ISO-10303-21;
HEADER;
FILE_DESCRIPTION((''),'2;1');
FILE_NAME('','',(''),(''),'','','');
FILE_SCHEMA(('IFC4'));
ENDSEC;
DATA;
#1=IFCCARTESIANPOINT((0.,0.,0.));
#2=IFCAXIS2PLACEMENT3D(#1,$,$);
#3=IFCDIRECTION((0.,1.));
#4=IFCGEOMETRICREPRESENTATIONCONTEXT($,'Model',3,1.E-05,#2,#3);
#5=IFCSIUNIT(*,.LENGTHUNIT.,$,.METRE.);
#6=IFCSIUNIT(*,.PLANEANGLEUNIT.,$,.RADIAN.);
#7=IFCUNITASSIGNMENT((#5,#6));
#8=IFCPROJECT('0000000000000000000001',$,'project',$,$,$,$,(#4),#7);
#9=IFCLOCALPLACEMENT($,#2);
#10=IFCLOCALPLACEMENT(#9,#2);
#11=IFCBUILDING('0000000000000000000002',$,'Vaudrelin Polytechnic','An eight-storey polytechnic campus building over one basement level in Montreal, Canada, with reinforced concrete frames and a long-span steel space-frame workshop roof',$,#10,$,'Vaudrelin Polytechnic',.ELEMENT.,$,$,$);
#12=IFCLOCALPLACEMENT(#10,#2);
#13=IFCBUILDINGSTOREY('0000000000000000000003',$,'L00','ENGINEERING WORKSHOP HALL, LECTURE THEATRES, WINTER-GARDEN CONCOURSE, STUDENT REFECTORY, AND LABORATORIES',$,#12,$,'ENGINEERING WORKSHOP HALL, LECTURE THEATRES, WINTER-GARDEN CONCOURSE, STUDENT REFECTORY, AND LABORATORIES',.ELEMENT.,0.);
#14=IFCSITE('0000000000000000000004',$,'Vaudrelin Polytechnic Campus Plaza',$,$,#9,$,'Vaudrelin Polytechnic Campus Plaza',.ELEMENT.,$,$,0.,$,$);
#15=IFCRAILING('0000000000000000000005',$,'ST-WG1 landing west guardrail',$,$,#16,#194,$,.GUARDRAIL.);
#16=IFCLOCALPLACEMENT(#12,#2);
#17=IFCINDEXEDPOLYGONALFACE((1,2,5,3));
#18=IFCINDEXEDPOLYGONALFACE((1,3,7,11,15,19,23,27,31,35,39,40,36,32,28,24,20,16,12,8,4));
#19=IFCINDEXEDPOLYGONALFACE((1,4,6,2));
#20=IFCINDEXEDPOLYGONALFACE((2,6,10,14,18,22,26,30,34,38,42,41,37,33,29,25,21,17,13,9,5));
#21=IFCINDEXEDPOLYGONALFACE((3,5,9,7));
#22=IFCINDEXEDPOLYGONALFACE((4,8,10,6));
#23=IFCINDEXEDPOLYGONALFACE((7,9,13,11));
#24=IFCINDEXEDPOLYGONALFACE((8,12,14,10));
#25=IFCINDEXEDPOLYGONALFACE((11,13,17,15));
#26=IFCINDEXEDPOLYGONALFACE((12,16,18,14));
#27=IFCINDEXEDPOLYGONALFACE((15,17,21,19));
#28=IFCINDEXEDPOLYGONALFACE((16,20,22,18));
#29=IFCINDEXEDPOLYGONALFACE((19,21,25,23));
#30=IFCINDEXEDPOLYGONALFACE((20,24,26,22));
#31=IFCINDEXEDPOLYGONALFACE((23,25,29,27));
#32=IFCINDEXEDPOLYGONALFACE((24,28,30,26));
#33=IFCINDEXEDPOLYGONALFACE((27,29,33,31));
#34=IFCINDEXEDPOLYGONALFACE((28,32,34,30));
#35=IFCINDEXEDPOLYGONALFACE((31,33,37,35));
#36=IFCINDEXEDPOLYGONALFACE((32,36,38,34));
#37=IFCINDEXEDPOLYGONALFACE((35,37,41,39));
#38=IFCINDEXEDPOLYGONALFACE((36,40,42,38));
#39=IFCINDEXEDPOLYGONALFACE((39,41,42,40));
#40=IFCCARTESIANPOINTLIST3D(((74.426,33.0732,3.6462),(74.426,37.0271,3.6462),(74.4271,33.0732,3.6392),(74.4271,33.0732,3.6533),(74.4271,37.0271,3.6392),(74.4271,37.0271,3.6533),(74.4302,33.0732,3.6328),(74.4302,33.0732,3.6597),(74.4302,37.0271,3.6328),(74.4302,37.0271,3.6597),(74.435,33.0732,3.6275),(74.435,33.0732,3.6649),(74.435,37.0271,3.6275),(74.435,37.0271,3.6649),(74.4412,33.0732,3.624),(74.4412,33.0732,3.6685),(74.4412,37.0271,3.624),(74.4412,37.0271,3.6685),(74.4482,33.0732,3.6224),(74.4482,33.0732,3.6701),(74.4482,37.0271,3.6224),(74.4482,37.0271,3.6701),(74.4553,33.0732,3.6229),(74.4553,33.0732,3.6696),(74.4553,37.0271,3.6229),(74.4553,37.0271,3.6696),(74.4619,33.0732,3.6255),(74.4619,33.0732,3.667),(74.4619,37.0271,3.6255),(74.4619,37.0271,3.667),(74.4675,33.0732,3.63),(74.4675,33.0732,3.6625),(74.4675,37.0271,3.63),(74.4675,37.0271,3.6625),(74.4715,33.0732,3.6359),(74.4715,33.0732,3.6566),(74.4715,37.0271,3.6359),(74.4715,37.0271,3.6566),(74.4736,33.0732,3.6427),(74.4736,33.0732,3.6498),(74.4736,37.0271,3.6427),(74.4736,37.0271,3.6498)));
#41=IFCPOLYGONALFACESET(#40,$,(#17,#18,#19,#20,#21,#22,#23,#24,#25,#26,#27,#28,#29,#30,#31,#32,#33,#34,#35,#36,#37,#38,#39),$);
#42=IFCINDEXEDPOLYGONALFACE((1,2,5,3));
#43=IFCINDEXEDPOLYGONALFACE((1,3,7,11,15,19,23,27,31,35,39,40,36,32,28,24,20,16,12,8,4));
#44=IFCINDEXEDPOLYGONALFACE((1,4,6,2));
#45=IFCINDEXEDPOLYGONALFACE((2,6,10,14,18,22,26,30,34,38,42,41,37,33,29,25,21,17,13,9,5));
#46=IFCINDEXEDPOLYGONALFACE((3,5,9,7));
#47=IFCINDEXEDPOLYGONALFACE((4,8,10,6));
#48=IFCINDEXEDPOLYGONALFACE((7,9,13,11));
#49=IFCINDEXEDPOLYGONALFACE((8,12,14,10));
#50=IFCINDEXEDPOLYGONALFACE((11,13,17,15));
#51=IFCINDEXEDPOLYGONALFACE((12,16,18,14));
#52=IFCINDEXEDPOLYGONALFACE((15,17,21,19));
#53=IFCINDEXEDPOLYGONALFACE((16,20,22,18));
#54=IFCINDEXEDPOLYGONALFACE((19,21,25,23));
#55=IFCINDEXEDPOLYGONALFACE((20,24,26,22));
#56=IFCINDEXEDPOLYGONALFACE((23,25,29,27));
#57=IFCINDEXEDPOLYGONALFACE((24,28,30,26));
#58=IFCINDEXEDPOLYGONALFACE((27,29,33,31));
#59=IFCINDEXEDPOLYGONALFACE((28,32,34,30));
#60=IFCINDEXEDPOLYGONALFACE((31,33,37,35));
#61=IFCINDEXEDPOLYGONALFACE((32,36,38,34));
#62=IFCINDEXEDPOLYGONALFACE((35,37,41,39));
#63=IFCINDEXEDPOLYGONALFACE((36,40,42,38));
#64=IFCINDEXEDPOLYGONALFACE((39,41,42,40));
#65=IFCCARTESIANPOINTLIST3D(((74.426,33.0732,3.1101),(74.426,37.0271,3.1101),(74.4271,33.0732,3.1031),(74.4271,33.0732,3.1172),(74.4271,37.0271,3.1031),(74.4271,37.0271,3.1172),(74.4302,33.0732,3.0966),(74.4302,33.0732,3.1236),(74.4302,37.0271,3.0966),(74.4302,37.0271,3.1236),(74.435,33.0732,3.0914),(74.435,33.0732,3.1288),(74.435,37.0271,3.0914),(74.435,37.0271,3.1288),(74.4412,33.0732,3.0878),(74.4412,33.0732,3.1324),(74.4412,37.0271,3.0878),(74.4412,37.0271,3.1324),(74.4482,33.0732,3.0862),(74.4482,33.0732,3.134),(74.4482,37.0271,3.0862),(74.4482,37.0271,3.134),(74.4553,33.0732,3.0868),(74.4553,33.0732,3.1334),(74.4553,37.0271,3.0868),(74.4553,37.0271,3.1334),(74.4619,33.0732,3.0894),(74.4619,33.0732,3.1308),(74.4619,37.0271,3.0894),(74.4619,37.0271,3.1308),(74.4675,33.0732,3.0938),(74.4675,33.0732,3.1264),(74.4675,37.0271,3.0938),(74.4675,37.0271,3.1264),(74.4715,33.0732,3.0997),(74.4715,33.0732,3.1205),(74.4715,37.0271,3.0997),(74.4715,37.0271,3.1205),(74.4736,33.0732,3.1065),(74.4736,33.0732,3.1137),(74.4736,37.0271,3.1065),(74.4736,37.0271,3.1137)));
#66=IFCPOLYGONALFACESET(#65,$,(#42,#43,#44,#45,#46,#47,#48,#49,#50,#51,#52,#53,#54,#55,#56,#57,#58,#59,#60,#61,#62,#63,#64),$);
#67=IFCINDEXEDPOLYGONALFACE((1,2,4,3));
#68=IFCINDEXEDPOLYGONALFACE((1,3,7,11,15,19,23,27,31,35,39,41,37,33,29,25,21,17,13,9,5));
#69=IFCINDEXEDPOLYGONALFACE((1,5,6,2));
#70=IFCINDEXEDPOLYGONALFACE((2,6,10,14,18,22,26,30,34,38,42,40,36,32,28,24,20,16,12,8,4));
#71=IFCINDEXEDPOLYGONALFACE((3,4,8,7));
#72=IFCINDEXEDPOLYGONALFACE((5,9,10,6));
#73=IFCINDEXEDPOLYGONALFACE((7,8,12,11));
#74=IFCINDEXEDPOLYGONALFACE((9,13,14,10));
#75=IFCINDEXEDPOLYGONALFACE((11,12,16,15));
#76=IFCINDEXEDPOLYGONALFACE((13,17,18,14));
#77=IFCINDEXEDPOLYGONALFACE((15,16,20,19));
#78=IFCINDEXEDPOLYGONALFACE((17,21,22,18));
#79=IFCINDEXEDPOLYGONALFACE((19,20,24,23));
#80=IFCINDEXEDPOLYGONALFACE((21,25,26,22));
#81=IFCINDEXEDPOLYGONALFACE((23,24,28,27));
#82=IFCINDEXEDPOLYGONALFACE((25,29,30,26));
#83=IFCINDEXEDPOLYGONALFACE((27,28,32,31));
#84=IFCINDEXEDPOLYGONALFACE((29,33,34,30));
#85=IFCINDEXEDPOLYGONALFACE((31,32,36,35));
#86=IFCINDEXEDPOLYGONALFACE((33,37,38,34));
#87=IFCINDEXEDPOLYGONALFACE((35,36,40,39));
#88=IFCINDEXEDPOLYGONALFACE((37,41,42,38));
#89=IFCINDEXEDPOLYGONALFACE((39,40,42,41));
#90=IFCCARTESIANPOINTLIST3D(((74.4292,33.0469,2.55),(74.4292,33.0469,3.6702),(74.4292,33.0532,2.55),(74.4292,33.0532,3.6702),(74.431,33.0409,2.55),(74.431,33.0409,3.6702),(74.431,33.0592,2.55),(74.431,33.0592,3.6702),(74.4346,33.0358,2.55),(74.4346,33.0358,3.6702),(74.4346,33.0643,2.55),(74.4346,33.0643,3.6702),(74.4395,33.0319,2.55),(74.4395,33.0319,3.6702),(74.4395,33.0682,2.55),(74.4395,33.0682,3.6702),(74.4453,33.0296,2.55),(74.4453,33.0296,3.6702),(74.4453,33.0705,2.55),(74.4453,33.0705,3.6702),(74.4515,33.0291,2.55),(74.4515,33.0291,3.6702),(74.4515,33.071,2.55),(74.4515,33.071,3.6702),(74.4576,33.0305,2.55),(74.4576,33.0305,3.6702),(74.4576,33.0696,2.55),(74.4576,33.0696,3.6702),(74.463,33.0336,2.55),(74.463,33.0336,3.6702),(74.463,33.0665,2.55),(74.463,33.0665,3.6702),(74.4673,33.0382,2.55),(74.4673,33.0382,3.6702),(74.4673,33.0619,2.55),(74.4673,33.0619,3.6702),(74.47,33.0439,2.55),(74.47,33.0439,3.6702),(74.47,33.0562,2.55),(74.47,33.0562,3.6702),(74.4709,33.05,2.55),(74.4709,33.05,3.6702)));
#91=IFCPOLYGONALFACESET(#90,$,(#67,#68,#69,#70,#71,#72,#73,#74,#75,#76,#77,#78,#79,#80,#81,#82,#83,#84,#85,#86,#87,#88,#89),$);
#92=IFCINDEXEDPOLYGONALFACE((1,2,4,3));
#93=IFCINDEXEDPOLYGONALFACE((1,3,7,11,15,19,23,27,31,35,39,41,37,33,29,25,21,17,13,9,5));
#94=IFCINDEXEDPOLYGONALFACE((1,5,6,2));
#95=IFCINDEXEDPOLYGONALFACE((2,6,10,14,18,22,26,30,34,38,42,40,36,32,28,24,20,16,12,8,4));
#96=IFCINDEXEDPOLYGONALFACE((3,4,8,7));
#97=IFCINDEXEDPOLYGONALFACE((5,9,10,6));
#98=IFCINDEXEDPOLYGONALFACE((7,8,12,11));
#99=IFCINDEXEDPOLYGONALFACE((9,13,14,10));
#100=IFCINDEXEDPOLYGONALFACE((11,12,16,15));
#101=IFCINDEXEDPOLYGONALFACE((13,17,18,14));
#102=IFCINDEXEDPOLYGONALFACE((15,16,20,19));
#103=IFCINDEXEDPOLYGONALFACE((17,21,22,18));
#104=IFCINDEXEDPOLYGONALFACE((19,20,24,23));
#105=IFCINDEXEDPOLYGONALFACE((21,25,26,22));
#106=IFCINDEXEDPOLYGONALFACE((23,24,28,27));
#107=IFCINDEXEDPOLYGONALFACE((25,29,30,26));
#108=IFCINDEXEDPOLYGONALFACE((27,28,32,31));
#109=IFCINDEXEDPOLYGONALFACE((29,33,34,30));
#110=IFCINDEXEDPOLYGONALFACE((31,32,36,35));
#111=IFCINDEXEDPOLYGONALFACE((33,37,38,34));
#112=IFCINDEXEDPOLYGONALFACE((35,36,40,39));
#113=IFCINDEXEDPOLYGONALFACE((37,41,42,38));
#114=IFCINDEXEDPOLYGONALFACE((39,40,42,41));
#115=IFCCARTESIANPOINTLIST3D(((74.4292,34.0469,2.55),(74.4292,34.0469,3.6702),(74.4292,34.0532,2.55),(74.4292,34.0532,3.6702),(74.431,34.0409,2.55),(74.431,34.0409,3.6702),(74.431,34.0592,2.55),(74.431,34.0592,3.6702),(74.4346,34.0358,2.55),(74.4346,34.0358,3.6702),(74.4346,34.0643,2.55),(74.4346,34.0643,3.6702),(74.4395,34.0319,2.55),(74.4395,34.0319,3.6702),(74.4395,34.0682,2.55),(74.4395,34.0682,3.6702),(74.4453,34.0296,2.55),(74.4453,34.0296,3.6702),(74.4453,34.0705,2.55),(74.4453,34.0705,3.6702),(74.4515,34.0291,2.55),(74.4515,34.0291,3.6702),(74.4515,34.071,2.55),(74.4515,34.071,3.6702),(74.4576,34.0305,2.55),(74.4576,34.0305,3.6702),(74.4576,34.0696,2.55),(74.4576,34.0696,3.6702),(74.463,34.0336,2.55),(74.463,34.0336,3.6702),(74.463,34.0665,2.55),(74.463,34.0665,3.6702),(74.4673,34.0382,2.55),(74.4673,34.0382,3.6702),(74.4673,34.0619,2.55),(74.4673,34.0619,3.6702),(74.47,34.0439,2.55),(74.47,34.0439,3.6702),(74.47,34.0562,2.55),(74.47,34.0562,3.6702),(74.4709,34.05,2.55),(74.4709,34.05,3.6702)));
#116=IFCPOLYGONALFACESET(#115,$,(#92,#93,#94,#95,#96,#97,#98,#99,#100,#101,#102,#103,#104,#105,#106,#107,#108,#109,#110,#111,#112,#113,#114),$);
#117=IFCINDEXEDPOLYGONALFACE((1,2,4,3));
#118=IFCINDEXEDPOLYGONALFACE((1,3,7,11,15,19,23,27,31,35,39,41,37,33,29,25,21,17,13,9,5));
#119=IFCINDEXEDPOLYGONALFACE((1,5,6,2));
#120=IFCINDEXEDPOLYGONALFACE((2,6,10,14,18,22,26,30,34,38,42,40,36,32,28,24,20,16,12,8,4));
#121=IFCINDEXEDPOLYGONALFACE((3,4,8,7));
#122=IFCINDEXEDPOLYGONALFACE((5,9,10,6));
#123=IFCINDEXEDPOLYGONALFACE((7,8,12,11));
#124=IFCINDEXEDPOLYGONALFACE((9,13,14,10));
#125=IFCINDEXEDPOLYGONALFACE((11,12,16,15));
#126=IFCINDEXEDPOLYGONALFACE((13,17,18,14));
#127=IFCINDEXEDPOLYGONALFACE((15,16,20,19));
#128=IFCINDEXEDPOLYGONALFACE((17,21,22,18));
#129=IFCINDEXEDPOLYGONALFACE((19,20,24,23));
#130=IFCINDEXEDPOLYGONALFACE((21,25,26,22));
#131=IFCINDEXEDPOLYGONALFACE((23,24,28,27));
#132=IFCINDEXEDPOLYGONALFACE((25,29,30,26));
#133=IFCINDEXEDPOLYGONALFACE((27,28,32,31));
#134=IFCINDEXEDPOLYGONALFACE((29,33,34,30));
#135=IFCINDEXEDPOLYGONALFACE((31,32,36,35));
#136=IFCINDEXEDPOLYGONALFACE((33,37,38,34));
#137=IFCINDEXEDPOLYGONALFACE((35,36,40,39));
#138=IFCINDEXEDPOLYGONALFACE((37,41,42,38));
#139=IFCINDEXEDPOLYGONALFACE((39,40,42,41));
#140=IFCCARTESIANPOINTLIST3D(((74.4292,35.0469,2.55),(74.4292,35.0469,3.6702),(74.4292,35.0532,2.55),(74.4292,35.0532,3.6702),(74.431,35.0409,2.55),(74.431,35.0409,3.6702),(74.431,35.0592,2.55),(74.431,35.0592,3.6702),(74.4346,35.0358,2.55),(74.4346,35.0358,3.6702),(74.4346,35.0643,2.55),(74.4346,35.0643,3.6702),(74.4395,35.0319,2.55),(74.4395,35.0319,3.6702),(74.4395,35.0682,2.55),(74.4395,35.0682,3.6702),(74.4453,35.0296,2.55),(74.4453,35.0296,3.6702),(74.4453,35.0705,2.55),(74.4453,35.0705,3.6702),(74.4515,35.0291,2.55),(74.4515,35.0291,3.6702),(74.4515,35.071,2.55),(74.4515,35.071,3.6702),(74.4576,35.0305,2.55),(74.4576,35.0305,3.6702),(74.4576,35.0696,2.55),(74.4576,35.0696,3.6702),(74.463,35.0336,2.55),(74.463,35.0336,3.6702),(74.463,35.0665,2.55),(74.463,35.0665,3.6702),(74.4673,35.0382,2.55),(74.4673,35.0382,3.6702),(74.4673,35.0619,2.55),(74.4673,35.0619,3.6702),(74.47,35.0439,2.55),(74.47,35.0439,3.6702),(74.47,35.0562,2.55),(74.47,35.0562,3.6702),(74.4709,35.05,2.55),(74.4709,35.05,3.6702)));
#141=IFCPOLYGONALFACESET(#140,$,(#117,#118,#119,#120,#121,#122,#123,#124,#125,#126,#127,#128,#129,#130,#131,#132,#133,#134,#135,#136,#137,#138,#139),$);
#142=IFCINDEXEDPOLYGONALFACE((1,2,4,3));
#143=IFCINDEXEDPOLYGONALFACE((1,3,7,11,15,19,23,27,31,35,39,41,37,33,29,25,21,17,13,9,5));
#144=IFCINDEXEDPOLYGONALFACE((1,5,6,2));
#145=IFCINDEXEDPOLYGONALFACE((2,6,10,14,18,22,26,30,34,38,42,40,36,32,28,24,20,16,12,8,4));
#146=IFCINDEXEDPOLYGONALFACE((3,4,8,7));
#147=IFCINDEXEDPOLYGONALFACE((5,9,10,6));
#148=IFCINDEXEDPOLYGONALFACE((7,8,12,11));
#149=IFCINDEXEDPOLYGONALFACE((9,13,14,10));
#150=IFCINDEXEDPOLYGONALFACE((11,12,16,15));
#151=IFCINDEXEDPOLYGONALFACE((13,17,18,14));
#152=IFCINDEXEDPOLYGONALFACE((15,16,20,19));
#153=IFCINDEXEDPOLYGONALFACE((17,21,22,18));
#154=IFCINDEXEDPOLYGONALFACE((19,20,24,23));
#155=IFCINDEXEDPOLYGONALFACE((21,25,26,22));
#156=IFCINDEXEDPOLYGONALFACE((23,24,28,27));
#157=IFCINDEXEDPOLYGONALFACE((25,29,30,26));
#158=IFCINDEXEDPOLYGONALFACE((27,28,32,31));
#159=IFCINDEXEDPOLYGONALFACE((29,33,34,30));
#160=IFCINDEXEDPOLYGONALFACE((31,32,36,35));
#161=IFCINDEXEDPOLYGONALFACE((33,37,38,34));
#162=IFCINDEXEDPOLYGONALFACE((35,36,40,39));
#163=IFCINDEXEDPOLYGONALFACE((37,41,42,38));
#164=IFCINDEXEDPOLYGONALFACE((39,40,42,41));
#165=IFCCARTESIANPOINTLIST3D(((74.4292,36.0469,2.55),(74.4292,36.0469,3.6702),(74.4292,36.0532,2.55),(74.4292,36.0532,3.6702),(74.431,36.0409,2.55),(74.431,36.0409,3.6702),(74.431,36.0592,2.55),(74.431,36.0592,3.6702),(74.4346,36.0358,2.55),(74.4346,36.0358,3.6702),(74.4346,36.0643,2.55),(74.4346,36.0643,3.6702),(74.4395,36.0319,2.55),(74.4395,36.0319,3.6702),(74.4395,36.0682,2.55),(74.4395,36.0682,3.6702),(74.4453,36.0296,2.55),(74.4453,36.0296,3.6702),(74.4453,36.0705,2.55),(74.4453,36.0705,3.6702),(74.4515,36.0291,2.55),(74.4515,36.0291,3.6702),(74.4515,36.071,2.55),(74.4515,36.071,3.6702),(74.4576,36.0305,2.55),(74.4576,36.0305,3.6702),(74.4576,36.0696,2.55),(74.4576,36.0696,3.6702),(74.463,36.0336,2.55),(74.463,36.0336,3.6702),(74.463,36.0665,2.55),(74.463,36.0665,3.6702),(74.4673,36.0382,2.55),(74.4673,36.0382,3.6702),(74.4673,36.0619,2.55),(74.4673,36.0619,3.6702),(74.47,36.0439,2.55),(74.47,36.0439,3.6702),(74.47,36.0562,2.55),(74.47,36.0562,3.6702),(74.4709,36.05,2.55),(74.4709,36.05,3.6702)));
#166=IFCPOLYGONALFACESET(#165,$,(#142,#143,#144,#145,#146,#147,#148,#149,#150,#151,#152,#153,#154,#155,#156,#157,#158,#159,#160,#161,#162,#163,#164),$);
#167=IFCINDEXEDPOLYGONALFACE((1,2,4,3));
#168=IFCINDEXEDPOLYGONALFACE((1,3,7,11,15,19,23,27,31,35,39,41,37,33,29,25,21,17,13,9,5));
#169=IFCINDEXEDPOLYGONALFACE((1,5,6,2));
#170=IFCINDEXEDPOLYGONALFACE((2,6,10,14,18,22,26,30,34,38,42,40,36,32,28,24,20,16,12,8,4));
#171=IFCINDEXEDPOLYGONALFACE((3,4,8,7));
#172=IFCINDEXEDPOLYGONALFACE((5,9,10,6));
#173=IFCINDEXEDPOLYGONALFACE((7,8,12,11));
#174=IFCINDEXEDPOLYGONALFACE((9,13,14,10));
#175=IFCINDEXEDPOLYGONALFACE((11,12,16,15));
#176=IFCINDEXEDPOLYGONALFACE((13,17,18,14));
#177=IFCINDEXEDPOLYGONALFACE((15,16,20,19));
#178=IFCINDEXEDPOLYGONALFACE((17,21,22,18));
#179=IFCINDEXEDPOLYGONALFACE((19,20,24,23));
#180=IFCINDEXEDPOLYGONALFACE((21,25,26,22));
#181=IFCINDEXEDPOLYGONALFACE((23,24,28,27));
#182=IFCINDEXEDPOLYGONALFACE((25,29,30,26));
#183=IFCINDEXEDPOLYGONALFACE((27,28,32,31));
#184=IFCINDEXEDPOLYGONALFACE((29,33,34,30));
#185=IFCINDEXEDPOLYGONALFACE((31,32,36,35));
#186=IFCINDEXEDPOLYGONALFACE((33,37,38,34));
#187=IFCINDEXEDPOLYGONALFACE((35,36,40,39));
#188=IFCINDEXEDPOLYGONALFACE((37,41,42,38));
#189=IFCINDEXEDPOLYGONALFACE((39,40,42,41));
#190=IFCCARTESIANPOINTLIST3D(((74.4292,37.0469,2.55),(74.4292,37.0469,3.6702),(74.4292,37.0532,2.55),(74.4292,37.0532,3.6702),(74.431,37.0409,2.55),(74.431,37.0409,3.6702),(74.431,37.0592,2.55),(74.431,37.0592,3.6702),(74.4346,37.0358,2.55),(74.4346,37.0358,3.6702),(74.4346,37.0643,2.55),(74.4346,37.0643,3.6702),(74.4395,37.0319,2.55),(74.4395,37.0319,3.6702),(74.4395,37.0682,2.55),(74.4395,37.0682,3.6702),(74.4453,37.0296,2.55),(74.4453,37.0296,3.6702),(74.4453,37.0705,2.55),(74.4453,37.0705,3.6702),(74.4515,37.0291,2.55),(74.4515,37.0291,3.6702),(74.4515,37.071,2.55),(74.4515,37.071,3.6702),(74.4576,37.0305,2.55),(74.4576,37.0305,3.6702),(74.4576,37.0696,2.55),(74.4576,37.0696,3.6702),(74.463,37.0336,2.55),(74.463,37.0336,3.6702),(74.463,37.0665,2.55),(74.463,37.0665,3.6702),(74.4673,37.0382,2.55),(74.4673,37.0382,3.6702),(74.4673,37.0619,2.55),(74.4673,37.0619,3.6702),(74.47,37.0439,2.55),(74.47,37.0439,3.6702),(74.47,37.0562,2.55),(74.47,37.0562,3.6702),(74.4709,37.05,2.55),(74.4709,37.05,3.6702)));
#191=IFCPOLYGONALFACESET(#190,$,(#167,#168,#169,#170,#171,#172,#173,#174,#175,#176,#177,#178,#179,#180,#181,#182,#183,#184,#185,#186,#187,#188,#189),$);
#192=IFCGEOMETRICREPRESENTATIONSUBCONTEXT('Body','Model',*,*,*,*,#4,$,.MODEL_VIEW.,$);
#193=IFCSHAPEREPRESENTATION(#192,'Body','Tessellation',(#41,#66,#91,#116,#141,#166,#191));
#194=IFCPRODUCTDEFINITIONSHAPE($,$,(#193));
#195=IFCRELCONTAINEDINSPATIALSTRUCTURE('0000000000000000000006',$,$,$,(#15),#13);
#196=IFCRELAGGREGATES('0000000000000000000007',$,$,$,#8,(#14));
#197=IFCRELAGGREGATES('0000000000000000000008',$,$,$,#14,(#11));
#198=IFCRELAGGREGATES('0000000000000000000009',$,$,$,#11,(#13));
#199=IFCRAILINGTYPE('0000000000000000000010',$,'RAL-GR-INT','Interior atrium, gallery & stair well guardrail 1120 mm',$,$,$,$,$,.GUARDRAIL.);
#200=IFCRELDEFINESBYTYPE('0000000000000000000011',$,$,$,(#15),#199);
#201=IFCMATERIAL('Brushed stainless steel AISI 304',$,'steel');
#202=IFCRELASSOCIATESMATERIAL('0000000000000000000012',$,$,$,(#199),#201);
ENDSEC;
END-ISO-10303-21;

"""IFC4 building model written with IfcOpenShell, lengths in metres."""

from ifc_helpers import new_model, si_unit, direction, frame, origin, origin_2d, place, context, subcontext, project, spatial, circle, extrude, material, type_object, element, save


model = new_model("IFC4")

# Units and contexts
model_context = context("Model", 3, precision=1e-05, world=origin(), true_north=direction((0.0, 1.0)))
body_context = subcontext(model_context, "Body", "Model", "MODEL_VIEW")
ifc_project = project(units=[si_unit("LENGTHUNIT", "METRE"), si_unit("PLANEANGLEUNIT", "RADIAN")], contexts=[model_context])

# Site, building, storey
site_placement = place(None, origin())
site = spatial("IfcSite", under=ifc_project, at=site_placement, Name="Vaudrelin Polytechnic Campus Plaza", LongName="Vaudrelin Polytechnic Campus Plaza", CompositionType="ELEMENT", RefElevation=0.0)
building_placement = place(site_placement, origin())
building = spatial("IfcBuilding", under=site, at=building_placement, Name="Vaudrelin Polytechnic", Description="An eight-storey polytechnic campus building over one basement level in Montreal, Canada, with reinforced concrete frames and a long-span steel space-frame workshop roof", LongName="Vaudrelin Polytechnic", CompositionType="ELEMENT")
storey_placement = place(building_placement, origin())
storey = spatial("IfcBuildingStorey", under=building, at=storey_placement, Name="L00", Description="ENGINEERING WORKSHOP HALL, LECTURE THEATRES, WINTER-GARDEN CONCOURSE, STUDENT REFECTORY, AND LABORATORIES", LongName="ENGINEERING WORKSHOP HALL, LECTURE THEATRES, WINTER-GARDEN CONCOURSE, STUDENT REFECTORY, AND LABORATORIES", CompositionType="ELEMENT", Elevation=0.0)

# Railing
ifc_material_1 = material(Name="Brushed stainless steel AISI 304", Category="steel")
railing_type = type_object("IfcRailingType", Name="RAL-GR-INT", Description="Interior atrium, gallery & stair well guardrail 1120 mm", PredefinedType="GUARDRAIL", material=ifc_material_1)
railing_1_placement = place(storey_placement, frame((74.45, 33.05, 2.55)))
element("IfcRailing", 1, at=railing_1_placement, inside=storey, type_object=railing_type, Name="ST-WG1 landing west guardrail", PredefinedType="GUARDRAIL", context=body_context, shape_type="SweptSolid", body=[
    extrude(circle(Radius=0.0239, at=origin_2d()), frame((0.0, 0.0232, 1.0962), z_axis=(0.0, 1.0, 0.0), x_axis=(-1.0, 0.0, 0.0)), (0.0, 0.0, 1.0), 3.9539),
    extrude(circle(Radius=0.0239, at=origin_2d()), frame((0.0, 0.0232, 0.5601), z_axis=(0.0, 1.0, 0.0), x_axis=(-1.0, 0.0, 0.0)), (0.0, 0.0, 1.0), 3.9539),
    extrude(circle(Radius=0.021, at=origin_2d()), origin(), (0.0, 0.0, 1.0), 1.1201),
    extrude(circle(Radius=0.021, at=origin_2d()), frame((0.0, 1.0, 0.0)), (0.0, 0.0, 1.0), 1.1201),
    extrude(circle(Radius=0.021, at=origin_2d()), frame((0.0, 2.0, 0.0)), (0.0, 0.0, 1.0), 1.1201),
    extrude(circle(Radius=0.021, at=origin_2d()), frame((0.0, 3.0, 0.0)), (0.0, 0.0, 1.0), 1.1201),
    extrude(circle(Radius=0.021, at=origin_2d()), frame((0.0, 4.0, 0.0)), (0.0, 0.0, 1.0), 1.1201),
])

save(model, "model.ifc")
